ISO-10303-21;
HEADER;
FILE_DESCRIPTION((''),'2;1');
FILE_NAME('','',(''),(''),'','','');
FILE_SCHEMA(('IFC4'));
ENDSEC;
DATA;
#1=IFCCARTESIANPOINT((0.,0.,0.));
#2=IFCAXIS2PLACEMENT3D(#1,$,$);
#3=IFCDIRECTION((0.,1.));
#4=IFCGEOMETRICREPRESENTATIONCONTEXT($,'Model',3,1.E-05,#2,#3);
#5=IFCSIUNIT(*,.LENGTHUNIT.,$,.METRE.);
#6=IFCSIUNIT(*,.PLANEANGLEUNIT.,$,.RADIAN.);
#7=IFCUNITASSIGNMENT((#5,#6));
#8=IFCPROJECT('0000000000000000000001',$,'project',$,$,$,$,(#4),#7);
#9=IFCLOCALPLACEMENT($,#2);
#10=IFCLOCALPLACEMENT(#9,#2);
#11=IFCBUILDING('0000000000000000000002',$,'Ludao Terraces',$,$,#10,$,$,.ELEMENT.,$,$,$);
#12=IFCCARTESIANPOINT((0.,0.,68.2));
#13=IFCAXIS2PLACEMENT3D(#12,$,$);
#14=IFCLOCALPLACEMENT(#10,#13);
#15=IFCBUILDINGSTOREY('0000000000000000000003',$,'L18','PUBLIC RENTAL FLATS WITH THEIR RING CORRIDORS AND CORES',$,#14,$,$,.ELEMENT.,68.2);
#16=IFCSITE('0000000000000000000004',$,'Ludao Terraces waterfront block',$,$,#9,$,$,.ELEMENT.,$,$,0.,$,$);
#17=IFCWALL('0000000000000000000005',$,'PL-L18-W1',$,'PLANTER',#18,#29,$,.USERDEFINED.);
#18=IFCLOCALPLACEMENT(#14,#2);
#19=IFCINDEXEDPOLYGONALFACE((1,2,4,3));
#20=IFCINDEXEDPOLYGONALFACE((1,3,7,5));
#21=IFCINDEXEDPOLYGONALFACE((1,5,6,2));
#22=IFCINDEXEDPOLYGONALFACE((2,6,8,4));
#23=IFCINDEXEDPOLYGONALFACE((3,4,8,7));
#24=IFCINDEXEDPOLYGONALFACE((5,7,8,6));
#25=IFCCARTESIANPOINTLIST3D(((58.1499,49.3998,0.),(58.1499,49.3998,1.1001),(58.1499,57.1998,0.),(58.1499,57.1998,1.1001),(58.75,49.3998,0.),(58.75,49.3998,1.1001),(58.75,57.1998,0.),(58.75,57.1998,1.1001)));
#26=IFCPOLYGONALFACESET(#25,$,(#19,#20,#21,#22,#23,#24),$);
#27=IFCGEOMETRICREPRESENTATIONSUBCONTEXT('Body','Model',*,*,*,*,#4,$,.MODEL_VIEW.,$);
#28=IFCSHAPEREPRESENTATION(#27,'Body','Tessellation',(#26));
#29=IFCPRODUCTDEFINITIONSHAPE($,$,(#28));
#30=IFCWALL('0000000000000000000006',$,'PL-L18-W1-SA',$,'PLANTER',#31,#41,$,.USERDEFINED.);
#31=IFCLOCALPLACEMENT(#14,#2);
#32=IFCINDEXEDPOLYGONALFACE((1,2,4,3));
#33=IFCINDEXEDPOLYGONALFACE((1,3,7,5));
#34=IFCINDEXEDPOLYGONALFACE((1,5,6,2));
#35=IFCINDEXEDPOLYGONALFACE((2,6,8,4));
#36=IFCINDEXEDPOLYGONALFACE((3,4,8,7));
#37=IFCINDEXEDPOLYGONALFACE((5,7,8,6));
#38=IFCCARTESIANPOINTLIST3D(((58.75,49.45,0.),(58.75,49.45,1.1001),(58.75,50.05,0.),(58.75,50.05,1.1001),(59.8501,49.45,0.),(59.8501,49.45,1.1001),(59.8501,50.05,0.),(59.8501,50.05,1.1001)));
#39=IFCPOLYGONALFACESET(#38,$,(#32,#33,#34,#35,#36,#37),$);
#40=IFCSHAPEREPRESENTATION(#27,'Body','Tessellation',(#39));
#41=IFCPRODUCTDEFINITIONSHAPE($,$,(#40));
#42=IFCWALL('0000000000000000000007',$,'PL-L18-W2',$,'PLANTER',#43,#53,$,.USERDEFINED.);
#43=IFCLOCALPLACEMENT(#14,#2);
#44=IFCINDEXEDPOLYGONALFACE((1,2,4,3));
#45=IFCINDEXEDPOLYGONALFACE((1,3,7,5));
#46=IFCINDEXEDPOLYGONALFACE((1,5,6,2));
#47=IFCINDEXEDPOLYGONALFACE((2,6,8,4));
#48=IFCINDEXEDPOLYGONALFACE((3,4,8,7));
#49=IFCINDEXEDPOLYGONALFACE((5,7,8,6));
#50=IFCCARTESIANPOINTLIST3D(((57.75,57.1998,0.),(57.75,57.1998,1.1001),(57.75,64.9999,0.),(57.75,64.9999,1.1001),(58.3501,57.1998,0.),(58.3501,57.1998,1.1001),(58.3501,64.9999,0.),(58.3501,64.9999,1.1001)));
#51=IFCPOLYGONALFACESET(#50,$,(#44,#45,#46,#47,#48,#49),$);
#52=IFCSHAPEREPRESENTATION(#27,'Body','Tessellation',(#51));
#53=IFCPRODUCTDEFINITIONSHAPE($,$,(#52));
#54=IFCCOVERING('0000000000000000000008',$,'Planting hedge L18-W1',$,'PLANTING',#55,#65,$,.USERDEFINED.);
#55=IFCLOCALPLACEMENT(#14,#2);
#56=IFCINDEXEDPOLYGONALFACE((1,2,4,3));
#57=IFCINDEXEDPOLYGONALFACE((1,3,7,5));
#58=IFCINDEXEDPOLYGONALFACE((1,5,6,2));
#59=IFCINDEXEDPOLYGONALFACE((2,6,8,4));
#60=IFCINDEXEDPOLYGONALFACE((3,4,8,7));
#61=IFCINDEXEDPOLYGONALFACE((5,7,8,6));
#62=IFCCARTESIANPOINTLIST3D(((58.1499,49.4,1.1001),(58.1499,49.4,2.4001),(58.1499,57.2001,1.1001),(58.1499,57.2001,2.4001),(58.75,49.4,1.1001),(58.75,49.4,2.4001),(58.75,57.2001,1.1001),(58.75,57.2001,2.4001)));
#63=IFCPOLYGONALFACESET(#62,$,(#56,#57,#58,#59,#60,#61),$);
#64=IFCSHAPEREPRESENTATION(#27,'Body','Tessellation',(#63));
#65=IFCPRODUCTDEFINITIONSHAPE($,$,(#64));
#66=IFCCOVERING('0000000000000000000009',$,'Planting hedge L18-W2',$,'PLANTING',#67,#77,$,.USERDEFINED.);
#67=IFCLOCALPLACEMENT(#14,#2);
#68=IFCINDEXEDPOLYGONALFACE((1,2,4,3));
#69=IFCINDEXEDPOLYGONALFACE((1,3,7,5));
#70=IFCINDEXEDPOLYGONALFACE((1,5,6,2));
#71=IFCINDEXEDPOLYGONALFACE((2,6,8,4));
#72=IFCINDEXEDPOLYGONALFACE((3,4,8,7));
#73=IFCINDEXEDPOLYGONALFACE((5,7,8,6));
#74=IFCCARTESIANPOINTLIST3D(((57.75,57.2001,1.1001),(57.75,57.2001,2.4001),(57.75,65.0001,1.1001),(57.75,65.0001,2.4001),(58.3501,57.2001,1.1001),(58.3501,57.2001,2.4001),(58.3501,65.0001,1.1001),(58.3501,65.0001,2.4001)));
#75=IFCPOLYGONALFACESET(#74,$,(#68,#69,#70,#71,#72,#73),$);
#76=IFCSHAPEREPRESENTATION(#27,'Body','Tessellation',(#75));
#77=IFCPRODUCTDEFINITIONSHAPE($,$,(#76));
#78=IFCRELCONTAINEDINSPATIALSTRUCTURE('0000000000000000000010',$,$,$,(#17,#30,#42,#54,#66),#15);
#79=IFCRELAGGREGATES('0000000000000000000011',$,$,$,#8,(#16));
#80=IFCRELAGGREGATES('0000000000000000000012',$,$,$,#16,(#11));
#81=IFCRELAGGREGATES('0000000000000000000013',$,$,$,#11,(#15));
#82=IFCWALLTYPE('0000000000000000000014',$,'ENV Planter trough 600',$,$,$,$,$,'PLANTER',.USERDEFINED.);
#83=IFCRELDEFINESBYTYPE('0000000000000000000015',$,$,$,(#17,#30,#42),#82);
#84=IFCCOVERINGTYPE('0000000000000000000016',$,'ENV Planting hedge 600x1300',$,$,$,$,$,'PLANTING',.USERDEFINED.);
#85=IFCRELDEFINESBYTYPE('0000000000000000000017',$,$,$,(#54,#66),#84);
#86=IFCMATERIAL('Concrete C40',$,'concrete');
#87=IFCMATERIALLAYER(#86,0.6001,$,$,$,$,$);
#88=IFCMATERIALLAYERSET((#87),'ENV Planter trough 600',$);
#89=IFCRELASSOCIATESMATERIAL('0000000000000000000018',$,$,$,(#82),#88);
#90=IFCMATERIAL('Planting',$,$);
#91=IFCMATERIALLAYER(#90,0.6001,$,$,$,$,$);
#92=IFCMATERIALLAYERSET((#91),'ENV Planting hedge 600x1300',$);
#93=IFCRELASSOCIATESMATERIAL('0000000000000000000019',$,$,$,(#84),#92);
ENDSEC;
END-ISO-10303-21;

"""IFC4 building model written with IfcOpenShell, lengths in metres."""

from ifc_helpers import new_model, si_unit, direction, frame, frame_2d, origin, origin_2d, place, context, subcontext, project, spatial, rectangle, extrude, material, layer, layer_set, type_object, element, save


model = new_model("IFC4")

# Units and contexts
model_context = context("Model", 3, precision=1e-05, world=origin(), true_north=direction((0.0, 1.0)))
body_context = subcontext(model_context, "Body", "Model", "MODEL_VIEW")
ifc_project = project(units=[si_unit("LENGTHUNIT", "METRE"), si_unit("PLANEANGLEUNIT", "RADIAN")], contexts=[model_context])

# Site, building, storey
site_placement = place(None, origin())
site = spatial("IfcSite", under=ifc_project, at=site_placement, Name="Ludao Terraces waterfront block", CompositionType="ELEMENT", RefElevation=0.0)
building_placement = place(site_placement, origin())
building = spatial("IfcBuilding", under=site, at=building_placement, Name="Ludao Terraces", CompositionType="ELEMENT")
storey_placement = place(building_placement, frame((0.0, 0.0, 68.2)))
storey = spatial("IfcBuildingStorey", under=building, at=storey_placement, Name="L18", Description="PUBLIC RENTAL FLATS WITH THEIR RING CORRIDORS AND CORES", CompositionType="ELEMENT", Elevation=68.2)

# Shared definitions
ifc_material_1 = material(Name="Concrete C40", Category="concrete")

# Walls
ifc_layer_1 = layer(ifc_material_1, 0.6001)
ifc_layer_set_1 = layer_set([ifc_layer_1], Name="ENV Planter trough 600")
wall_type = type_object("IfcWallType", Name="ENV Planter trough 600", ElementType="PLANTER", PredefinedType="USERDEFINED", material=ifc_layer_set_1)
wall_1_placement = place(storey_placement, frame((58.45, 49.3999, 0.0), z_axis=(0.0, 0.0, 1.0), x_axis=(0.0, 1.0, 0.0)))
element("IfcWall", 1, at=wall_1_placement, inside=storey, type_object=wall_type, Name="PL-L18-W1", ObjectType="PLANTER", PredefinedType="USERDEFINED", context=body_context, shape_type="SweptSolid", body=[
    extrude(rectangle(XDim=7.8, YDim=0.6001, at=frame_2d((3.8999, 0.0))), origin(), (0.0, 0.0, 1.0), 1.1001),
])
wall_2_placement = place(storey_placement, frame((58.75, 49.75, 0.0), z_axis=(0.0, 0.0, 1.0), x_axis=(1.0, 0.0, 0.0)))
element("IfcWall", 2, at=wall_2_placement, inside=storey, type_object=wall_type, Name="PL-L18-W1-SA", ObjectType="PLANTER", PredefinedType="USERDEFINED", context=body_context, shape_type="SweptSolid", body=[
    extrude(rectangle(XDim=1.1001, YDim=0.6001, at=frame_2d((0.55, 0.0))), origin(), (0.0, 0.0, 1.0), 1.1001),
])
wall_3_placement = place(storey_placement, frame((58.05, 57.2, 0.0), z_axis=(0.0, 0.0, 1.0), x_axis=(0.0, 1.0, 0.0)))
element("IfcWall", 3, at=wall_3_placement, inside=storey, type_object=wall_type, Name="PL-L18-W2", ObjectType="PLANTER", PredefinedType="USERDEFINED", context=body_context, shape_type="SweptSolid", body=[
    extrude(rectangle(XDim=7.8, YDim=0.6001, at=frame_2d((3.8999, 0.0))), origin(), (0.0, 0.0, 1.0), 1.1001),
])

# Coverings
ifc_material_2 = material(Name="Planting")
ifc_layer_2 = layer(ifc_material_2, 0.6001)
ifc_layer_set_2 = layer_set([ifc_layer_2], Name="ENV Planting hedge 600x1300")
covering_type = type_object("IfcCoveringType", Name="ENV Planting hedge 600x1300", ElementType="PLANTING", PredefinedType="USERDEFINED", material=ifc_layer_set_2)
for number, where, z_axis, x_axis, name in (
    (4, (58.45, 53.3, 1.1001), (0.0, 0.0, 1.0), (1.0, 0.0, 0.0), "Planting hedge L18-W1"),
    (5, (58.05, 61.1001, 1.1001), (0.0, 0.0, 1.0), (1.0, 0.0, 0.0), "Planting hedge L18-W2"),
):
    element("IfcCovering", number, at=place(storey_placement, frame(where, z_axis=z_axis, x_axis=x_axis)), inside=storey, type_object=covering_type, Name=name, ObjectType="PLANTING", PredefinedType="USERDEFINED", context=body_context, shape_type="SweptSolid", body=[
        extrude(rectangle(XDim=0.6001, YDim=7.8, at=origin_2d()), origin(), (0.0, 0.0, 1.0), 1.3),
    ])

save(model, "model.ifc")
